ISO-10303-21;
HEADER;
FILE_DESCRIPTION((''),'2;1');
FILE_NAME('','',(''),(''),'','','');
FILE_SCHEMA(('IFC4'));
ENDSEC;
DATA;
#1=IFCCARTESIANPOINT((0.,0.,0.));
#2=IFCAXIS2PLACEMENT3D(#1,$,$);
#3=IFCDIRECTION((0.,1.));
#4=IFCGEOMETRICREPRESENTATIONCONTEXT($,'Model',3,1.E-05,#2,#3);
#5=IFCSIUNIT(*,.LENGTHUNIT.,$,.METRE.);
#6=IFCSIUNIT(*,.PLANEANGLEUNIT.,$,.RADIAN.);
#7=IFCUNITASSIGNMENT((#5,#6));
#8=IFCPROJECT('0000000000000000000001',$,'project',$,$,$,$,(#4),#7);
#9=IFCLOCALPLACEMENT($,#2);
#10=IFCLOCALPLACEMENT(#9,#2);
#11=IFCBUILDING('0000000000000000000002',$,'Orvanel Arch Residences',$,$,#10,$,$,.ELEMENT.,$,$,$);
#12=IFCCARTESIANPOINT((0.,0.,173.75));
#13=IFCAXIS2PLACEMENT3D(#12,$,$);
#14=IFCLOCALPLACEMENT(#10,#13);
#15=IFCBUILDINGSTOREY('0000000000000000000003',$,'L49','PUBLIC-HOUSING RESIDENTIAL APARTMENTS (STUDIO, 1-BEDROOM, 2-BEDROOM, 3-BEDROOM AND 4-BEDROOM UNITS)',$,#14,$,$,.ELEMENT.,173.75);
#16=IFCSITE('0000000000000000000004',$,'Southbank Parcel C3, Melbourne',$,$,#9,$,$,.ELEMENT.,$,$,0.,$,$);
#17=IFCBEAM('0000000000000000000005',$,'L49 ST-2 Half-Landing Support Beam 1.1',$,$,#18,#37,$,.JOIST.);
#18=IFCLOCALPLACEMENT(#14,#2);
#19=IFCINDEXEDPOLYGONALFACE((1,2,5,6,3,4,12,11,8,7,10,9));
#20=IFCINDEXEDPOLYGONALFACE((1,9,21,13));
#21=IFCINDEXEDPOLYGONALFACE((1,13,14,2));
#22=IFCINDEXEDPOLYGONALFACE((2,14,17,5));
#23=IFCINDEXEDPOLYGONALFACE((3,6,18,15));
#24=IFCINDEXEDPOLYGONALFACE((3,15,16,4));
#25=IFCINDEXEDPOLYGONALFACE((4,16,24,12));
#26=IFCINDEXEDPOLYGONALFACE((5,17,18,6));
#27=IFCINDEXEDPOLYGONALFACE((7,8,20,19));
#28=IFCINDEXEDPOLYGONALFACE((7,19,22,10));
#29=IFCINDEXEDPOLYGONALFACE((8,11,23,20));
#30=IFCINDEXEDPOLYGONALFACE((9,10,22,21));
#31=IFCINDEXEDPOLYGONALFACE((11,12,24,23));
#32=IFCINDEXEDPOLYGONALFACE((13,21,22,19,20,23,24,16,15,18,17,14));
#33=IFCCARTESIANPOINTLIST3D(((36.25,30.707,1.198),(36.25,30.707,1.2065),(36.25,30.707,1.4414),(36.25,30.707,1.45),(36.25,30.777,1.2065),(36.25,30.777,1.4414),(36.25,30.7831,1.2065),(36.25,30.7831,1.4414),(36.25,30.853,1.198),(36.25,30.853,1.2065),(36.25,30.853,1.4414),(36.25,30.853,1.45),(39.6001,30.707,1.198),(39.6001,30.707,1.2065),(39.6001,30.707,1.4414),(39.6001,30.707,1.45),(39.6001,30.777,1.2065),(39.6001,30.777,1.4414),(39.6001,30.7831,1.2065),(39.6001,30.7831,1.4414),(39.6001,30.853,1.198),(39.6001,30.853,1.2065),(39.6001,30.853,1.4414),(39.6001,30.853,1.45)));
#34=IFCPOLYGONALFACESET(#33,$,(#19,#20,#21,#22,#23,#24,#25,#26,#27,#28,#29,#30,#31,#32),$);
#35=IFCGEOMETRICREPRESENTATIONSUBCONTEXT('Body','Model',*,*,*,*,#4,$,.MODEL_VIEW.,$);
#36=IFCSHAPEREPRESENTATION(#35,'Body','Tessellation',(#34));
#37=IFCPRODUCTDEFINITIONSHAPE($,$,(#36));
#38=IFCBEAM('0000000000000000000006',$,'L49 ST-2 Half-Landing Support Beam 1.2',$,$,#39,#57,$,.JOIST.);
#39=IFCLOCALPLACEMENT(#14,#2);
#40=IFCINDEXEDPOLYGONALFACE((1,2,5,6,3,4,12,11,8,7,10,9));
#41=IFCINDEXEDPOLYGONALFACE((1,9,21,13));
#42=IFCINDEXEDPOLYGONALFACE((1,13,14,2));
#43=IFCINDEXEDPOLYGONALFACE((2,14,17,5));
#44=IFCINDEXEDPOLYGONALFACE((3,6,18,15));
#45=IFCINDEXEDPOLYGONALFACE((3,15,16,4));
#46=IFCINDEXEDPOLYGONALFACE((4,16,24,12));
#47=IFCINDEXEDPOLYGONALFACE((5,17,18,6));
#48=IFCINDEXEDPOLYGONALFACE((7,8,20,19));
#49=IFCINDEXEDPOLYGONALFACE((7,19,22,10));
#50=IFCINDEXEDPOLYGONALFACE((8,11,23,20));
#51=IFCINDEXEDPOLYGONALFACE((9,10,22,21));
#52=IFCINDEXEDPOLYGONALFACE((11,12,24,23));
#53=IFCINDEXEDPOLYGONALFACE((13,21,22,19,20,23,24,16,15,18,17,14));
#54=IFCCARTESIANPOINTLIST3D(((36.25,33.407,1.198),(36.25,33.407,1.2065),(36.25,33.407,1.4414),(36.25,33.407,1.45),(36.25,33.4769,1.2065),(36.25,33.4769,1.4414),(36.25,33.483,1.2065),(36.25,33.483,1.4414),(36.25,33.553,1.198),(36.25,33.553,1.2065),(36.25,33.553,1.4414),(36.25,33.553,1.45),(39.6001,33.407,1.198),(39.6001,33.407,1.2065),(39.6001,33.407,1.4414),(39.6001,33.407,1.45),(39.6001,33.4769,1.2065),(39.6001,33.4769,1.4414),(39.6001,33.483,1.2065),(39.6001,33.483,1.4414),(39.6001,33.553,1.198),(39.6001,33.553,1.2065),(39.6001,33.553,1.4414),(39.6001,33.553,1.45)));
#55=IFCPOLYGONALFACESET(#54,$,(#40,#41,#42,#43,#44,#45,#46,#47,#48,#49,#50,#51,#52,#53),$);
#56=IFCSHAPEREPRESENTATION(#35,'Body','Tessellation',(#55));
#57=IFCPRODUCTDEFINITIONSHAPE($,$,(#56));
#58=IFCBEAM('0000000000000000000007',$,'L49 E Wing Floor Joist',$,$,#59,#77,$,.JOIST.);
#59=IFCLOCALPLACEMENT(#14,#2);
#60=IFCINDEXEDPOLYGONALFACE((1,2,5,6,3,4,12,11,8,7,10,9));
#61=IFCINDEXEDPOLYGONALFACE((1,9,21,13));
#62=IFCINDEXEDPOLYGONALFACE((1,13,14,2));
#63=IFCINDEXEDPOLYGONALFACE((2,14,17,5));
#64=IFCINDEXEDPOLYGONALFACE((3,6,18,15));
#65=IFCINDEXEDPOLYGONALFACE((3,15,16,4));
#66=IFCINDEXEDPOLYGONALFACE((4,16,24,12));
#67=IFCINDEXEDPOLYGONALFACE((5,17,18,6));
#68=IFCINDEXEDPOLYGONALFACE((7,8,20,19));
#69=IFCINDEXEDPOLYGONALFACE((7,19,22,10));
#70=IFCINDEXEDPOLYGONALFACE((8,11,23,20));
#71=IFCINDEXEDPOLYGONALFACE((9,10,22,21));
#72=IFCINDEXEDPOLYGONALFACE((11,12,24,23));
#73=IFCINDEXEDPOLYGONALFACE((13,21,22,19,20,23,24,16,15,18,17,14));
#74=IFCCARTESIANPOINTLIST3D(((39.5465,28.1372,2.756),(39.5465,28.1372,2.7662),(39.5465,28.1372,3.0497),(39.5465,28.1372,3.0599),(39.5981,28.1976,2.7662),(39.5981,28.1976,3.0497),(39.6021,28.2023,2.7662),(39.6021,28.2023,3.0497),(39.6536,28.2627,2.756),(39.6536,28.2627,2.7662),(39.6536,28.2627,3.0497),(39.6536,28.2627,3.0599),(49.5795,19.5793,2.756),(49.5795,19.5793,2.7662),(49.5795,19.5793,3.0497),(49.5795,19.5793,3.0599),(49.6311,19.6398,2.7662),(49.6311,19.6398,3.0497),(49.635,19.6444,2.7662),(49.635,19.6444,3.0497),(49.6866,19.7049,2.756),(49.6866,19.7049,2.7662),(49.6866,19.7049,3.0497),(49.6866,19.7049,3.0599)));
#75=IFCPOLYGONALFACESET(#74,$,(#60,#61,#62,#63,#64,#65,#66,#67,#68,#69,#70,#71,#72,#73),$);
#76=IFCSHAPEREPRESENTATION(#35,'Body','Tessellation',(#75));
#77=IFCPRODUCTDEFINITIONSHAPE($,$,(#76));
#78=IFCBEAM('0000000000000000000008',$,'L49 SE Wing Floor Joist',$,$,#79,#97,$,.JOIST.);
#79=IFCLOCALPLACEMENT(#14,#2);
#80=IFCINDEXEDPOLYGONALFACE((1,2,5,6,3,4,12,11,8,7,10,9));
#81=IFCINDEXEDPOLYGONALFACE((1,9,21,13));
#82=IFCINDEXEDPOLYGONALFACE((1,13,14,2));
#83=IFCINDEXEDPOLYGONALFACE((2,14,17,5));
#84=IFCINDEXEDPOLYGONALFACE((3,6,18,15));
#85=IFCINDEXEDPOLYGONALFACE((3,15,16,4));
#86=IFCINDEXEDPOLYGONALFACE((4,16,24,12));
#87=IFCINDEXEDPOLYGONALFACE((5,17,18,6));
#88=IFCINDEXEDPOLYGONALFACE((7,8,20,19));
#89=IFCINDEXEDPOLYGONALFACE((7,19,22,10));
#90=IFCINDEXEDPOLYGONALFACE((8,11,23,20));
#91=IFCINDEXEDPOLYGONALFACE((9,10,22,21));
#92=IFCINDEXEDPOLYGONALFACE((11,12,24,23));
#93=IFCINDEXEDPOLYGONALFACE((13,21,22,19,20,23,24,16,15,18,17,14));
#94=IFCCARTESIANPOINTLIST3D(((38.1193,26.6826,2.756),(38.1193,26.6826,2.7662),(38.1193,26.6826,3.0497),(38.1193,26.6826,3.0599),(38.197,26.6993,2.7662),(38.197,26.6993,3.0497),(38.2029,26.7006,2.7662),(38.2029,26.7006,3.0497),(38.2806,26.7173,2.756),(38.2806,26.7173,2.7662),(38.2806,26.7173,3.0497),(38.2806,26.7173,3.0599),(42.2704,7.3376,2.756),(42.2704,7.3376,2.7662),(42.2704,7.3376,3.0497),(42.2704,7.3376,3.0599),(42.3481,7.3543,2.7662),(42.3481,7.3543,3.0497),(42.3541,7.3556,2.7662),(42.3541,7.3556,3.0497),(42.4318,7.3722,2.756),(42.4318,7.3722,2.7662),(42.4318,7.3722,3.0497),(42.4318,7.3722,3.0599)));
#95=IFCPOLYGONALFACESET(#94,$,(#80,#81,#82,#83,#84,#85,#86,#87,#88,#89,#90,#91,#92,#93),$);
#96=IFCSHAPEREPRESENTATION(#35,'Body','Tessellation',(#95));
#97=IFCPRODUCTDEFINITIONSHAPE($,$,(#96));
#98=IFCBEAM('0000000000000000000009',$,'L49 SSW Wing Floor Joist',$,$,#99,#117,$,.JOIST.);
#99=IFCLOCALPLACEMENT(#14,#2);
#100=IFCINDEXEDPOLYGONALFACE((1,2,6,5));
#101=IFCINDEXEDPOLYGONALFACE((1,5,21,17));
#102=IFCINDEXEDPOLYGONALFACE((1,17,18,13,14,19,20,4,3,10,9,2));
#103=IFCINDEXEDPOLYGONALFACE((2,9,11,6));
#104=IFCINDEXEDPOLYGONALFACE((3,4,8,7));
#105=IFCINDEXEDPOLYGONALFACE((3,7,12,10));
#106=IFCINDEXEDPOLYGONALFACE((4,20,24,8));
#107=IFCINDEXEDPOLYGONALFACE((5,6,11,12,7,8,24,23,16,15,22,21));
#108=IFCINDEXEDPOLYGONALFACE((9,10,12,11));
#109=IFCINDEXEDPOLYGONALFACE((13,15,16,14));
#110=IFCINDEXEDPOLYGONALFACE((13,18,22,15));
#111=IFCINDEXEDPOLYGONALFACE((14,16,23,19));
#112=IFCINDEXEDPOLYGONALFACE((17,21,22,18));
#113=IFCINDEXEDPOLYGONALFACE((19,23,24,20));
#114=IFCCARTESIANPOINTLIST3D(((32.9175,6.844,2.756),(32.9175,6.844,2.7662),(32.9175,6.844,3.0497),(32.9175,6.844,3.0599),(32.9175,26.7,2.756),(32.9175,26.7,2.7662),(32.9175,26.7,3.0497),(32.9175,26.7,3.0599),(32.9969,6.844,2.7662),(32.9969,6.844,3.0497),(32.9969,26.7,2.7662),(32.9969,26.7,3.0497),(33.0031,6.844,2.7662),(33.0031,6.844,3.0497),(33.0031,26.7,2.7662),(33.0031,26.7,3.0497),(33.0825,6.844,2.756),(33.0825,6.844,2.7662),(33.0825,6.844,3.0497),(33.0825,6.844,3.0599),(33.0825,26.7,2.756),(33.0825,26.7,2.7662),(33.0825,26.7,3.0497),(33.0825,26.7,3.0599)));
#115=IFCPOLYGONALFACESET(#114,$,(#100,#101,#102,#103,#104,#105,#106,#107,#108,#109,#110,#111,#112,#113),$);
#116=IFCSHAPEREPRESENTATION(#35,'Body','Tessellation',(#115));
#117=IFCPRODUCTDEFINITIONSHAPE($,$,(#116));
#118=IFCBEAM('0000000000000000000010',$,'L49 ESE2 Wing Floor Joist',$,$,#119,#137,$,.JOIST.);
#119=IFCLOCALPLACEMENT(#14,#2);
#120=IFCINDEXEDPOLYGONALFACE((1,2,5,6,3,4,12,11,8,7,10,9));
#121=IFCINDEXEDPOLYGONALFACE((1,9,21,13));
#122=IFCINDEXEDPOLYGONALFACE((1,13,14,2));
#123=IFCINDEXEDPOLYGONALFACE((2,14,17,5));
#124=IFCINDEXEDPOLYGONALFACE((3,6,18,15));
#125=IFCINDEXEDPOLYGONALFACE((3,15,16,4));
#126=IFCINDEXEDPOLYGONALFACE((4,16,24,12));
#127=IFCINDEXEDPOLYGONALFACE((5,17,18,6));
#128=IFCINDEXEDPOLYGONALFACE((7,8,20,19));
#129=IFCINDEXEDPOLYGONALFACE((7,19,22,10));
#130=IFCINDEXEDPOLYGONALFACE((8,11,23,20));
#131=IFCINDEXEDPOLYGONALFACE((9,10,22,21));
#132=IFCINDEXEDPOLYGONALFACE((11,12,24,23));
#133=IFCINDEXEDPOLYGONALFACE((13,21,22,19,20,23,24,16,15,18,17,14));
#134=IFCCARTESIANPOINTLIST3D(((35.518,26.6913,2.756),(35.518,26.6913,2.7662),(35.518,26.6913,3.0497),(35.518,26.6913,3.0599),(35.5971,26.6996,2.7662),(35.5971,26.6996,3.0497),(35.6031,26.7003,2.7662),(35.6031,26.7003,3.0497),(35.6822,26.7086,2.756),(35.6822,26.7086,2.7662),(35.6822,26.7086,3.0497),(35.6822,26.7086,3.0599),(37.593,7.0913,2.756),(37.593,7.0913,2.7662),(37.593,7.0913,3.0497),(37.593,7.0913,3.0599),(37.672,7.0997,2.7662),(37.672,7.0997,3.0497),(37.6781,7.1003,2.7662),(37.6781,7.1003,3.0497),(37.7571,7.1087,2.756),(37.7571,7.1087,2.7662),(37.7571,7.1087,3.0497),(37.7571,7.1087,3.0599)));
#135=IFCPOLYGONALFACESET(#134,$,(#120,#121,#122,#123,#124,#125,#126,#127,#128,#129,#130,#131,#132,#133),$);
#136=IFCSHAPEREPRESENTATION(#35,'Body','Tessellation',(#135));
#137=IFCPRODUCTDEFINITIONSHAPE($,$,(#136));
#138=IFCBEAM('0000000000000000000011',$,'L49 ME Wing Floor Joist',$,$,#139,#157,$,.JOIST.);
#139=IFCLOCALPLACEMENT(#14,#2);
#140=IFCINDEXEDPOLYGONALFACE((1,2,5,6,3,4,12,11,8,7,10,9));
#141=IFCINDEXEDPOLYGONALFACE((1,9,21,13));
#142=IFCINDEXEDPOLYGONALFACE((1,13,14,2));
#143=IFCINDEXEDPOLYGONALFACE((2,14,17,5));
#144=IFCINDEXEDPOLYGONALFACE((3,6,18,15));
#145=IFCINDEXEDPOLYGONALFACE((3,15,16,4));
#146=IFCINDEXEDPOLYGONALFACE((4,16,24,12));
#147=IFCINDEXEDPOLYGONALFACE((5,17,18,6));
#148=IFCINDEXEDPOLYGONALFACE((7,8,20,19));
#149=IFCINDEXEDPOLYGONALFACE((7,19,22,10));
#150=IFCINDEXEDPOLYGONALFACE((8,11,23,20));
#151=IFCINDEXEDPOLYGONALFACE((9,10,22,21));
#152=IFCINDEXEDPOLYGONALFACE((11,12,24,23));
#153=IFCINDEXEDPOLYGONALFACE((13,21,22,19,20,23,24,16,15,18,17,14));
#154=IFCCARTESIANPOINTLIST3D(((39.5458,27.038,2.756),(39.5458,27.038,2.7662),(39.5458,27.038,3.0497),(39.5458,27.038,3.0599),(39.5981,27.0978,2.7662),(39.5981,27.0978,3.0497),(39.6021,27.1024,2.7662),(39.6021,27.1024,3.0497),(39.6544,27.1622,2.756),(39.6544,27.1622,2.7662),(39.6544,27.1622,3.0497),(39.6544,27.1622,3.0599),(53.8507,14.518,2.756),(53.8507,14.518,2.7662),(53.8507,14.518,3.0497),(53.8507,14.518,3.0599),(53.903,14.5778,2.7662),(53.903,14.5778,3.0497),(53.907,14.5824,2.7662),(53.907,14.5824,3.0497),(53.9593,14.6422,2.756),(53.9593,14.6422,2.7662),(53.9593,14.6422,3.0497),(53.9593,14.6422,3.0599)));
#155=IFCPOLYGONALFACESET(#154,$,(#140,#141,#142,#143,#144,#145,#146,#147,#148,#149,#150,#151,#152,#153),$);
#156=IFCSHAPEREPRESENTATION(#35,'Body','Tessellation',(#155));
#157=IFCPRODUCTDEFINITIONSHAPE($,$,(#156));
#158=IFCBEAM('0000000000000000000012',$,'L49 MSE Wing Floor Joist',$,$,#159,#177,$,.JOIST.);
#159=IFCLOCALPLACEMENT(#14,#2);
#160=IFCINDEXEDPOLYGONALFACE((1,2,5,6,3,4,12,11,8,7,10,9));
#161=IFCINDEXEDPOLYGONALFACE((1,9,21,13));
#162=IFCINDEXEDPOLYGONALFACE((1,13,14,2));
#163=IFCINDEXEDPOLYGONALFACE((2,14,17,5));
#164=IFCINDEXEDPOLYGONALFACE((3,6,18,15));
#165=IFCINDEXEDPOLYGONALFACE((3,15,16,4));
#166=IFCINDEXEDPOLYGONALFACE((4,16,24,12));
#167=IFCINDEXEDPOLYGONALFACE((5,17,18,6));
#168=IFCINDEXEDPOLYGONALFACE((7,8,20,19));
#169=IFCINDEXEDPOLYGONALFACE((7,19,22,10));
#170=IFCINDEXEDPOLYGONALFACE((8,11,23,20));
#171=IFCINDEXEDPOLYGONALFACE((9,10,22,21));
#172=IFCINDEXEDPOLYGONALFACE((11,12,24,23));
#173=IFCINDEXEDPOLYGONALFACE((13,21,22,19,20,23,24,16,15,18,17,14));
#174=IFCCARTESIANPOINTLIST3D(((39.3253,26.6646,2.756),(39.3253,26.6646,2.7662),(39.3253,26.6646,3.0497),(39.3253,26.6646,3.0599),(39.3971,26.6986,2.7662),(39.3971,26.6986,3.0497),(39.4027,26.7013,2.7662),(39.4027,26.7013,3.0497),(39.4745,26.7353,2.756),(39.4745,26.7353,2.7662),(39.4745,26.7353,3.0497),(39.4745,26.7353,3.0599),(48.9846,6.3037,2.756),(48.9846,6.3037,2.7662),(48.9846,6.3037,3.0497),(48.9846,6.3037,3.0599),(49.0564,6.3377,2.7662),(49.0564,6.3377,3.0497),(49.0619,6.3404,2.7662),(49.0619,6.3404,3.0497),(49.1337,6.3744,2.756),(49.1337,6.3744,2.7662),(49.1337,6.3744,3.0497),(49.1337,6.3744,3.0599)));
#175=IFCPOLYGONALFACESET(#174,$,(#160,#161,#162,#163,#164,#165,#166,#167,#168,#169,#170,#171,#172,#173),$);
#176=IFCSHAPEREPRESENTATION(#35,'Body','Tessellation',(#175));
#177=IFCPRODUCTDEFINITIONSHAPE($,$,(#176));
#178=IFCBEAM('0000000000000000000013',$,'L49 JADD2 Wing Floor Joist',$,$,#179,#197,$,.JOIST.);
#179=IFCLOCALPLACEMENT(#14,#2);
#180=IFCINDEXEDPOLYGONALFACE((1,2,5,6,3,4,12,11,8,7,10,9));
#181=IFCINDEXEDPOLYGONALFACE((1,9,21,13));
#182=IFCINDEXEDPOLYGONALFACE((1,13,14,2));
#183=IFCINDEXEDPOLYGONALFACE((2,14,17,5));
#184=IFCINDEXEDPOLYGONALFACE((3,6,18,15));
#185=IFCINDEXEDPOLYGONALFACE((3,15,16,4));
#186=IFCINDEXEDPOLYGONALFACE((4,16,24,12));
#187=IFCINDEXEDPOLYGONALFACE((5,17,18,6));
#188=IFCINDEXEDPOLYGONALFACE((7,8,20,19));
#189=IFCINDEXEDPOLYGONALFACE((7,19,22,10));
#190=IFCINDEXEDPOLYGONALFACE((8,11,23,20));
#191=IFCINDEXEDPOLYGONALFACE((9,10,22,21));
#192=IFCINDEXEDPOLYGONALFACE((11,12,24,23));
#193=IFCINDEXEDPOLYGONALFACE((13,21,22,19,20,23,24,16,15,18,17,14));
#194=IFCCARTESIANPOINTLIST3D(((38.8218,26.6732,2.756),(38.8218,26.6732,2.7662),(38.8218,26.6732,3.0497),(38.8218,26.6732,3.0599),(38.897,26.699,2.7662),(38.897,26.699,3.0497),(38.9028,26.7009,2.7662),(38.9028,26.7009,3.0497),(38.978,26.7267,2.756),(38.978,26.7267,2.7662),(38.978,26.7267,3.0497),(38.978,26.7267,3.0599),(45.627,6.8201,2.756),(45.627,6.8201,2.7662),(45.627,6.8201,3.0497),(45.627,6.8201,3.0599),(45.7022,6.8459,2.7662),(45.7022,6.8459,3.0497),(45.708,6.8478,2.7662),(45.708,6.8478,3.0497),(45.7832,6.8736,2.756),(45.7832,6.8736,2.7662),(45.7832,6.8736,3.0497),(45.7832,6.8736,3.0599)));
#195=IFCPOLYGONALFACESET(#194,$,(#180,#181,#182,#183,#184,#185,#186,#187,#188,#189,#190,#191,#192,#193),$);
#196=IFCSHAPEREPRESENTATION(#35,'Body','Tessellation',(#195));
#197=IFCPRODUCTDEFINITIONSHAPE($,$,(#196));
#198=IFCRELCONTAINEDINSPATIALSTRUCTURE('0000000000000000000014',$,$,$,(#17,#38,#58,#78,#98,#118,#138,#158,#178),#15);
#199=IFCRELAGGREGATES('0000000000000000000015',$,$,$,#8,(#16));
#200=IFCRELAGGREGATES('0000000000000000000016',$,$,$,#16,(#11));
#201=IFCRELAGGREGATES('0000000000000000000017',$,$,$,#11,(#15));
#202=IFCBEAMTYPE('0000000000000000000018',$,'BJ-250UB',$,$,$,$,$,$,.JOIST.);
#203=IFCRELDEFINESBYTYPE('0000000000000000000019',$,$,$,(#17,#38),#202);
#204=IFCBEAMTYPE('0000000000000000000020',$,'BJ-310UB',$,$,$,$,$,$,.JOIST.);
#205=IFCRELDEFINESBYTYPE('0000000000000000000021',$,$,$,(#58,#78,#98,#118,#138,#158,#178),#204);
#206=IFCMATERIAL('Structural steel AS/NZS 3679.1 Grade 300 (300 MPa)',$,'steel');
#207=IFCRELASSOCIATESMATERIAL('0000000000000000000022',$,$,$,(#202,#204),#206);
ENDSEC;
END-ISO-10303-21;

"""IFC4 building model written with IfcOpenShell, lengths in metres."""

from ifc_helpers import new_model, si_unit, direction, frame, origin, origin_2d, place, context, subcontext, project, spatial, i_section, extrude, material, material_profile, profile_set, type_object, element, save


model = new_model("IFC4")

# Units and contexts
model_context = context("Model", 3, precision=1e-05, world=origin(), true_north=direction((0.0, 1.0)))
body_context = subcontext(model_context, "Body", "Model", "MODEL_VIEW")
ifc_project = project(units=[si_unit("LENGTHUNIT", "METRE"), si_unit("PLANEANGLEUNIT", "RADIAN")], contexts=[model_context])

# Site, building, storey
site_placement = place(None, origin())
site = spatial("IfcSite", under=ifc_project, at=site_placement, Name="Southbank Parcel C3, Melbourne", CompositionType="ELEMENT", RefElevation=0.0)
building_placement = place(site_placement, origin())
building = spatial("IfcBuilding", under=site, at=building_placement, Name="Orvanel Arch Residences", CompositionType="ELEMENT")
storey_placement = place(building_placement, frame((0.0, 0.0, 173.75)))
storey = spatial("IfcBuildingStorey", under=building, at=storey_placement, Name="L49", Description="PUBLIC-HOUSING RESIDENTIAL APARTMENTS (STUDIO, 1-BEDROOM, 2-BEDROOM, 3-BEDROOM AND 4-BEDROOM UNITS)", CompositionType="ELEMENT", Elevation=173.75)

# Beams
ifc_material_1 = material(Name="Structural steel AS/NZS 3679.1 Grade 300 (300 MPa)", Category="steel")
ifc_material_profile_1 = material_profile(ifc_material_1, i_section(OverallWidth=0.146, OverallDepth=0.252, WebThickness=0.0061, FlangeThickness=0.0085, at=origin_2d()), Name="250UB31.4")
ifc_profile_set_1 = profile_set([ifc_material_profile_1], Name="Structural steel AS/NZS 3679.1 Grade 300 (300 MPa)")
beam_type_1 = type_object("IfcBeamType", Name="BJ-250UB", PredefinedType="JOIST", material=ifc_profile_set_1)
for number, where, z_axis, x_axis, name in (
    (1, (36.25, 30.78, 1.324), (1.0, 0.0, 0.0), (0.0, 1.0, 0.0), "L49 ST-2 Half-Landing Support Beam 1.1"),
    (2, (36.25, 33.48, 1.324), (1.0, 0.0, 0.0), (0.0, 1.0, 0.0), "L49 ST-2 Half-Landing Support Beam 1.2"),
):
    element("IfcBeam", number, at=place(storey_placement, frame(where, z_axis=z_axis, x_axis=x_axis)), inside=storey, type_object=beam_type_1, Name=name, PredefinedType="JOIST", context=body_context, shape_type="SweptSolid", body=[
        extrude(i_section(OverallWidth=0.146, OverallDepth=0.252, WebThickness=0.0061, FlangeThickness=0.0085, at=origin_2d()), origin(), (0.0, 0.0, 1.0), 3.3501),
    ])
ifc_material_profile_2 = material_profile(ifc_material_1, i_section(OverallWidth=0.165, OverallDepth=0.304, WebThickness=0.0061, FlangeThickness=0.0103, at=origin_2d()), Name="310UB40.4")
ifc_profile_set_2 = profile_set([ifc_material_profile_2], Name="Structural steel AS/NZS 3679.1 Grade 300 (300 MPa)")
beam_type_2 = type_object("IfcBeamType", Name="BJ-310UB", PredefinedType="JOIST", material=ifc_profile_set_2)
beam_1_placement = place(storey_placement, frame((39.6001, 28.2, 2.908), z_axis=(0.760821, -0.648961, 0.0), x_axis=(0.648961, 0.760821, 0.0)))
element("IfcBeam", 3, at=beam_1_placement, inside=storey, type_object=beam_type_2, Name="L49 E Wing Floor Joist", PredefinedType="JOIST", context=body_context, shape_type="SweptSolid", body=[
    extrude(i_section(OverallWidth=0.165, OverallDepth=0.304, WebThickness=0.0061, FlangeThickness=0.0103, at=origin_2d()), origin(), (0.0, 0.0, 1.0), 13.187),
])
beam_2_placement = place(storey_placement, frame((38.2, 26.7, 2.908), z_axis=(0.209808, -0.977743, 0.0), x_axis=(0.977743, 0.209808, 0.0)))
element("IfcBeam", 4, at=beam_2_placement, inside=storey, type_object=beam_type_2, Name="L49 SE Wing Floor Joist", PredefinedType="JOIST", context=body_context, shape_type="SweptSolid", body=[
    extrude(i_section(OverallWidth=0.165, OverallDepth=0.304, WebThickness=0.0061, FlangeThickness=0.0103, at=origin_2d()), origin(), (0.0, 0.0, 1.0), 19.7854),
])
beam_3_placement = place(storey_placement, frame((33.0, 26.7, 2.908), z_axis=(0.0, -1.0, 0.0), x_axis=(1.0, 0.0, 0.0)))
element("IfcBeam", 5, at=beam_3_placement, inside=storey, type_object=beam_type_2, Name="L49 SSW Wing Floor Joist", PredefinedType="JOIST", context=body_context, shape_type="SweptSolid", body=[
    extrude(i_section(OverallWidth=0.165, OverallDepth=0.304, WebThickness=0.0061, FlangeThickness=0.0103, at=origin_2d()), origin(), (0.0, 0.0, 1.0), 19.856),
])
beam_4_placement = place(storey_placement, frame((35.6001, 26.7, 2.908), z_axis=(0.105277, -0.994443, 0.0), x_axis=(0.994443, 0.105277, 0.0)))
element("IfcBeam", 6, at=beam_4_placement, inside=storey, type_object=beam_type_2, Name="L49 ESE2 Wing Floor Joist", PredefinedType="JOIST", context=body_context, shape_type="SweptSolid", body=[
    extrude(i_section(OverallWidth=0.165, OverallDepth=0.304, WebThickness=0.0061, FlangeThickness=0.0103, at=origin_2d()), origin(), (0.0, 0.0, 1.0), 19.7095),
])
beam_5_placement = place(storey_placement, frame((39.6001, 27.1001, 2.908), z_axis=(0.752493, -0.6586, 0.0), x_axis=(0.6586, 0.752493, 0.0)))
element("IfcBeam", 7, at=beam_5_placement, inside=storey, type_object=beam_type_2, Name="L49 ME Wing Floor Joist", PredefinedType="JOIST", context=body_context, shape_type="SweptSolid", body=[
    extrude(i_section(OverallWidth=0.165, OverallDepth=0.304, WebThickness=0.0061, FlangeThickness=0.0103, at=origin_2d()), origin(), (0.0, 0.0, 1.0), 19.01),
])
beam_6_placement = place(storey_placement, frame((39.3999, 26.7, 2.908), z_axis=(0.428614, -0.903488, 0.0), x_axis=(0.903488, 0.428614, 0.0)))
element("IfcBeam", 8, at=beam_6_placement, inside=storey, type_object=beam_type_2, Name="L49 MSE Wing Floor Joist", PredefinedType="JOIST", context=body_context, shape_type="SweptSolid", body=[
    extrude(i_section(OverallWidth=0.165, OverallDepth=0.304, WebThickness=0.0061, FlangeThickness=0.0103, at=origin_2d()), origin(), (0.0, 0.0, 1.0), 22.5359),
])
beam_7_placement = place(storey_placement, frame((38.8999, 26.7, 2.908), z_axis=(0.324257, -0.945969, 0.0), x_axis=(0.945969, 0.324257, 0.0)))
element("IfcBeam", 9, at=beam_7_placement, inside=storey, type_object=beam_type_2, Name="L49 JADD2 Wing Floor Joist", PredefinedType="JOIST", context=body_context, shape_type="SweptSolid", body=[
    extrude(i_section(OverallWidth=0.165, OverallDepth=0.304, WebThickness=0.0061, FlangeThickness=0.0103, at=origin_2d()), origin(), (0.0, 0.0, 1.0), 20.9871),
])

save(model, "model.ifc")
